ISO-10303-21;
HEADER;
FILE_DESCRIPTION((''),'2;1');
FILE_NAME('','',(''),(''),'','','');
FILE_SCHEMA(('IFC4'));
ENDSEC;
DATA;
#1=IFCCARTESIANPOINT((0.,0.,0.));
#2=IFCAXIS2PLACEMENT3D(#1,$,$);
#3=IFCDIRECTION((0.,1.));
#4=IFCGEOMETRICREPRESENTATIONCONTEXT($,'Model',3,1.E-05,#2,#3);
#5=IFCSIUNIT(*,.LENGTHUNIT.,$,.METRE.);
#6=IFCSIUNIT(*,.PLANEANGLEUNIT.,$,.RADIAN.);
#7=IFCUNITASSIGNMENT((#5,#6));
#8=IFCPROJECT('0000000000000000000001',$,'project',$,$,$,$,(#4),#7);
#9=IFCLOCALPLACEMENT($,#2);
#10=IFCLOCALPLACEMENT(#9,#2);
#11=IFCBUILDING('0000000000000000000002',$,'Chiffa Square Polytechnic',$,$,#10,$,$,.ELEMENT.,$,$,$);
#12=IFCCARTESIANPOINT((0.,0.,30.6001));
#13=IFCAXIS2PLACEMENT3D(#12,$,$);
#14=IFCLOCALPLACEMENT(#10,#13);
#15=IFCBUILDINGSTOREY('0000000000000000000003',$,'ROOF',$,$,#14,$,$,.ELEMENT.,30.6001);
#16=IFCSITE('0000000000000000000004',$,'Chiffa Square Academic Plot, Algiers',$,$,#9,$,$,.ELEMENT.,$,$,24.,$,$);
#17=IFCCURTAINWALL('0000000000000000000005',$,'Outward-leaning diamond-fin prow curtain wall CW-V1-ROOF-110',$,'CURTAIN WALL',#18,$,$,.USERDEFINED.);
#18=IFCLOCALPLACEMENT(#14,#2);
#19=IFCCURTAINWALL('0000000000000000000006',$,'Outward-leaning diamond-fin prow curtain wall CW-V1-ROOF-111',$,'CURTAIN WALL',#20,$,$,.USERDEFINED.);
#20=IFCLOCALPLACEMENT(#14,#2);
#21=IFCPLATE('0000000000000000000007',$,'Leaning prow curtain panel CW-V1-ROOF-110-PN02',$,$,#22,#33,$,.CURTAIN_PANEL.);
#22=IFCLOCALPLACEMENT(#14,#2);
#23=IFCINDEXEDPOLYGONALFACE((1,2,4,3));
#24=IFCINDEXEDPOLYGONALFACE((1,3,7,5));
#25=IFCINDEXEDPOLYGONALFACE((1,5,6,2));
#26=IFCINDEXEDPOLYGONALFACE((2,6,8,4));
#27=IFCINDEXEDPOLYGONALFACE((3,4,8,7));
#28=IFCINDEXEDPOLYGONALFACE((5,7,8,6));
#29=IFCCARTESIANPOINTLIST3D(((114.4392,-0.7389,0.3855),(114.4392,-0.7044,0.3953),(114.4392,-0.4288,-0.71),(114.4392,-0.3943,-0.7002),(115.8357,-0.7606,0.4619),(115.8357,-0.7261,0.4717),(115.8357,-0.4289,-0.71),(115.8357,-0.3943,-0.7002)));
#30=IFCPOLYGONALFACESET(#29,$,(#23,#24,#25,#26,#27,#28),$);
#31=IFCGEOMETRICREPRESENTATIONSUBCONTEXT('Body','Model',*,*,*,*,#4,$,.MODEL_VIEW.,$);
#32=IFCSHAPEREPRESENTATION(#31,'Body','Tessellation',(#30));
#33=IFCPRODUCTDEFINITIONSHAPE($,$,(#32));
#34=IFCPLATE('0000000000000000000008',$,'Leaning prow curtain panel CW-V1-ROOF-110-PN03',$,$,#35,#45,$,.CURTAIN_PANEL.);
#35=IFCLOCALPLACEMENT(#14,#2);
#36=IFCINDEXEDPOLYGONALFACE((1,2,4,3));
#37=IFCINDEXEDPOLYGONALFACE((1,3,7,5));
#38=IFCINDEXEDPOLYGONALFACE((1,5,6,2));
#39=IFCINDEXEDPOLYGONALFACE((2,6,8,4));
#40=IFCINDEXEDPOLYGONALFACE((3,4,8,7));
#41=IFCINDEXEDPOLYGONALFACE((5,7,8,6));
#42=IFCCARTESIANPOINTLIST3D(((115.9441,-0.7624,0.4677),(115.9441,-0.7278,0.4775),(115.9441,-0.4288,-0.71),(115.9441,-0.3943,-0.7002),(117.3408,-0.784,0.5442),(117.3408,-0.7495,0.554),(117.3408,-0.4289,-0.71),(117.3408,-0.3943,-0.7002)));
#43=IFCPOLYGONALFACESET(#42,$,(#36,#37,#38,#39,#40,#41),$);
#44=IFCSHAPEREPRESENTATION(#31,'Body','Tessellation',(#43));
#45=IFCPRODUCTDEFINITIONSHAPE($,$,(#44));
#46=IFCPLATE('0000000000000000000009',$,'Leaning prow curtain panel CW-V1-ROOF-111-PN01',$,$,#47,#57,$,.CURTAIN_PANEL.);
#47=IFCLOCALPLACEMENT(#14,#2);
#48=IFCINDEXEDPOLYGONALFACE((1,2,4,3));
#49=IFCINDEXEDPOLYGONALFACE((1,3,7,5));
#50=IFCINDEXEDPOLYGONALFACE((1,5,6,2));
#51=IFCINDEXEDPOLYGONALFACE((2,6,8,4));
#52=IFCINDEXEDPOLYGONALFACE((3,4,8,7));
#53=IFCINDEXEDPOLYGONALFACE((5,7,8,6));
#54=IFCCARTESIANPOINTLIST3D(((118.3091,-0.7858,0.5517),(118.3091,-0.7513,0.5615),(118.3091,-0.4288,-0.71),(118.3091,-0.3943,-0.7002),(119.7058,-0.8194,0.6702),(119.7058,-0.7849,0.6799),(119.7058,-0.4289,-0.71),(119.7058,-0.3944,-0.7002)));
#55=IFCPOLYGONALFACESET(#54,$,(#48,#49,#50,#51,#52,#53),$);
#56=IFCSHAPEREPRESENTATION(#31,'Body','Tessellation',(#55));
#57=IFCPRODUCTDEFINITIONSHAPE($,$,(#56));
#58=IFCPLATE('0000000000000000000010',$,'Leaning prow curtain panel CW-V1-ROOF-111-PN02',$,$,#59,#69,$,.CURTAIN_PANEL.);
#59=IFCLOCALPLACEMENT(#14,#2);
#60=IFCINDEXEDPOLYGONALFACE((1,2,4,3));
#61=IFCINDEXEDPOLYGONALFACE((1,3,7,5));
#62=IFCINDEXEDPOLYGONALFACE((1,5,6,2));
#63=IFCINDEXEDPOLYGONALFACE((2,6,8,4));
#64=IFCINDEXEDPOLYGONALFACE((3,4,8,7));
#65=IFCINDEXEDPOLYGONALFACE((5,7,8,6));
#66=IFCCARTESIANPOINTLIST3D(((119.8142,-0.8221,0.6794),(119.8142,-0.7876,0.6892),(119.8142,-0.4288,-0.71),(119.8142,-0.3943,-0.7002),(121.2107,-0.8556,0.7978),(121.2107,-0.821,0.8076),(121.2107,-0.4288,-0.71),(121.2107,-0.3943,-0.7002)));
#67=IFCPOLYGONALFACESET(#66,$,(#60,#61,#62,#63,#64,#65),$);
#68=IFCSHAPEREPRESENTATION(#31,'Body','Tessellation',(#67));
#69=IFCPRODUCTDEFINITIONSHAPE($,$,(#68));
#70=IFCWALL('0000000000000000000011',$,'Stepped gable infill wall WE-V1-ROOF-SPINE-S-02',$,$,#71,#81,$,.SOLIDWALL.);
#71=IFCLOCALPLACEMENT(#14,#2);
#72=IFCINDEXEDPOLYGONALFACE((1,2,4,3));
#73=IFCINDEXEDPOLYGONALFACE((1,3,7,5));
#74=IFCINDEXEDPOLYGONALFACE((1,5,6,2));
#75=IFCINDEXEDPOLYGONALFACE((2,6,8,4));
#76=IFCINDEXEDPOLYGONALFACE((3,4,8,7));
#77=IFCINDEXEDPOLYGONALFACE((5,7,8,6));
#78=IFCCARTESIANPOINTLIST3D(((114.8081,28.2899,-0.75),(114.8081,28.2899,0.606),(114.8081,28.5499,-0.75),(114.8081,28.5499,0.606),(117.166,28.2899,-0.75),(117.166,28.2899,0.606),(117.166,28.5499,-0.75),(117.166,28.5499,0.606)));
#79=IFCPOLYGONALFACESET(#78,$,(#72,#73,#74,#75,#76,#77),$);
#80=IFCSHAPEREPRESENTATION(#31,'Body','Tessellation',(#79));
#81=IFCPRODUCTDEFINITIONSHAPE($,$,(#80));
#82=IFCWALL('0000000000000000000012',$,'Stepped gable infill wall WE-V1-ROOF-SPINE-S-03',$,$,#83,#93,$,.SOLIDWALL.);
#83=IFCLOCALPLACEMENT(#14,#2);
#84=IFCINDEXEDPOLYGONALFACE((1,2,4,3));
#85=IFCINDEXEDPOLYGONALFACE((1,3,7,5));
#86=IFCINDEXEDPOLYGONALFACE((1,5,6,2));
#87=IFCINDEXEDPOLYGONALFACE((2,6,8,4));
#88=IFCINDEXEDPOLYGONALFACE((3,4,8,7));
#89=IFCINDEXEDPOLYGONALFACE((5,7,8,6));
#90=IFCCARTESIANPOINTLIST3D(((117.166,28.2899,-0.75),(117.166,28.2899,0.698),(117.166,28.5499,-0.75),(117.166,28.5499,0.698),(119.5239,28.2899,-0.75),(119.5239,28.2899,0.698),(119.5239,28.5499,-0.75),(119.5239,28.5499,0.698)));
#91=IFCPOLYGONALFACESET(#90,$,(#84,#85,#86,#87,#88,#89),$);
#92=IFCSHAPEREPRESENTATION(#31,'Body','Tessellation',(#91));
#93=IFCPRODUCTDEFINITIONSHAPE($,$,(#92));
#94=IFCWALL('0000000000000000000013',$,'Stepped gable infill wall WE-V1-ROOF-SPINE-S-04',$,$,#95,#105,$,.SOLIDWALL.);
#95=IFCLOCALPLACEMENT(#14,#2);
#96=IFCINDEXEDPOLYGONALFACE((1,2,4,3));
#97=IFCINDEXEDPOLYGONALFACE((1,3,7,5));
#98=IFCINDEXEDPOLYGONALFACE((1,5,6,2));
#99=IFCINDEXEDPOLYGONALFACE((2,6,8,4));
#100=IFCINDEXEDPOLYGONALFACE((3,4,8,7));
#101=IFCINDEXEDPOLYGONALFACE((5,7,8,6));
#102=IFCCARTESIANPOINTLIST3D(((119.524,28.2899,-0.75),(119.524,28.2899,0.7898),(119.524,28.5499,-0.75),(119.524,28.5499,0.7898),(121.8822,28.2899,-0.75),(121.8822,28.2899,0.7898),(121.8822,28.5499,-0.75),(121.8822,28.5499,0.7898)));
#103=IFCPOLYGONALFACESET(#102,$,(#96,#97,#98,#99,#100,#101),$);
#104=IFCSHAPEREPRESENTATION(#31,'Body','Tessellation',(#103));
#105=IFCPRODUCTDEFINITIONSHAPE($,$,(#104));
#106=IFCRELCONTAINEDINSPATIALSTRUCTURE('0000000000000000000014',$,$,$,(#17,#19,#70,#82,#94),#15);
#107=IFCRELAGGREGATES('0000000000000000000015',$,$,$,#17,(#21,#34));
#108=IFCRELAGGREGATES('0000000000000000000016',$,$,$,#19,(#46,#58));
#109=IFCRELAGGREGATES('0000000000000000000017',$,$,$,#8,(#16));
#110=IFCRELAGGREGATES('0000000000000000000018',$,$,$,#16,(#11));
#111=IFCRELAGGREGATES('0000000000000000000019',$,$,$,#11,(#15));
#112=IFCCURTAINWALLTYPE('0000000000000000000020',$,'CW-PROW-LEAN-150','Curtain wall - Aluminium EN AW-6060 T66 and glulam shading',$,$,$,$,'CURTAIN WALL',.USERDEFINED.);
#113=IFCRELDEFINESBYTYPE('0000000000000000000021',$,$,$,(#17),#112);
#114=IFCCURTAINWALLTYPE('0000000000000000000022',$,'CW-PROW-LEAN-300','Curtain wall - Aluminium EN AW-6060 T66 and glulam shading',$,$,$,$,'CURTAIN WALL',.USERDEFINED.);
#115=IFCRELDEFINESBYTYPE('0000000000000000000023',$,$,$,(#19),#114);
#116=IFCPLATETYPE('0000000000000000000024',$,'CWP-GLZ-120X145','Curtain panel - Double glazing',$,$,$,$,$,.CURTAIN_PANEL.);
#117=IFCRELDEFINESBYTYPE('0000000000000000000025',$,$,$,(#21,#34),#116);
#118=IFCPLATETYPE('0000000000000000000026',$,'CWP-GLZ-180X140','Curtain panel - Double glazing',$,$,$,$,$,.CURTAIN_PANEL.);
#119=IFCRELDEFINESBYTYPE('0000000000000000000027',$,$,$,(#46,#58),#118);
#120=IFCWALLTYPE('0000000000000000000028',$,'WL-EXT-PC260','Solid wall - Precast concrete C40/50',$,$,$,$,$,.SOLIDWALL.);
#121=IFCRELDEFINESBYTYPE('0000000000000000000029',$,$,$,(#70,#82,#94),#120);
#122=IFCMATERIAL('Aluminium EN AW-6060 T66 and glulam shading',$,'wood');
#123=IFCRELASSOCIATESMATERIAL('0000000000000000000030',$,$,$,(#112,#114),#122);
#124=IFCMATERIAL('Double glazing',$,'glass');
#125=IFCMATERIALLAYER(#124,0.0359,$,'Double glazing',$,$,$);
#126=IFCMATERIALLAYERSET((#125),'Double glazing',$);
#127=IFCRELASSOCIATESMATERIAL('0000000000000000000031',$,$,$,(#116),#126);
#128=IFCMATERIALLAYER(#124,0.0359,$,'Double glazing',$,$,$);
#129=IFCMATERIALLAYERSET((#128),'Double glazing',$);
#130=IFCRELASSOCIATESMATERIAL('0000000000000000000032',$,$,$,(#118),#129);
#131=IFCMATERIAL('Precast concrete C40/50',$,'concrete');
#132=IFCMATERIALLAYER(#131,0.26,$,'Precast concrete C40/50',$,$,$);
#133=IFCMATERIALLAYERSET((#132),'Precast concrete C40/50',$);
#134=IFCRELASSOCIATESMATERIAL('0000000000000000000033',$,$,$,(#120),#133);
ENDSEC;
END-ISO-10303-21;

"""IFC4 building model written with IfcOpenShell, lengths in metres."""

from ifc_helpers import new_model, si_unit, direction, frame, frame_2d, origin, place, context, subcontext, project, spatial, polyline, rectangle, outline, extrude, material, layer, layer_set, type_object, element, aggregate, save


model = new_model("IFC4")

# Units and contexts
model_context = context("Model", 3, precision=1e-05, world=origin(), true_north=direction((0.0, 1.0)))
body_context = subcontext(model_context, "Body", "Model", "MODEL_VIEW")
ifc_project = project(units=[si_unit("LENGTHUNIT", "METRE"), si_unit("PLANEANGLEUNIT", "RADIAN")], contexts=[model_context])

# Site, building, storey
site_placement = place(None, origin())
site = spatial("IfcSite", under=ifc_project, at=site_placement, Name="Chiffa Square Academic Plot, Algiers", CompositionType="ELEMENT", RefElevation=24.0)
building_placement = place(site_placement, origin())
building = spatial("IfcBuilding", under=site, at=building_placement, Name="Chiffa Square Polytechnic", CompositionType="ELEMENT")
storey_placement = place(building_placement, frame((0.0, 0.0, 30.6001)))
storey = spatial("IfcBuildingStorey", under=building, at=storey_placement, Name="ROOF", CompositionType="ELEMENT", Elevation=30.6001)

# Curtain walls
ifc_material_1 = material(Name="Aluminium EN AW-6060 T66 and glulam shading", Category="wood")
curtain_wall_type_1 = type_object("IfcCurtainWallType", Name="CW-PROW-LEAN-150", Description="Curtain wall - Aluminium EN AW-6060 T66 and glulam shading", ElementType="CURTAIN WALL", PredefinedType="USERDEFINED", material=ifc_material_1)
curtain_wall_1_placement = place(storey_placement, origin())
curtain_wall_1 = element("IfcCurtainWall", 1, at=curtain_wall_1_placement, inside=storey, type_object=curtain_wall_type_1, Name="Outward-leaning diamond-fin prow curtain wall CW-V1-ROOF-110", ObjectType="CURTAIN WALL", PredefinedType="USERDEFINED")
curtain_wall_type_2 = type_object("IfcCurtainWallType", Name="CW-PROW-LEAN-300", Description="Curtain wall - Aluminium EN AW-6060 T66 and glulam shading", ElementType="CURTAIN WALL", PredefinedType="USERDEFINED", material=ifc_material_1)
curtain_wall_2_placement = place(storey_placement, origin())
curtain_wall_2 = element("IfcCurtainWall", 2, at=curtain_wall_2_placement, inside=storey, type_object=curtain_wall_type_2, Name="Outward-leaning diamond-fin prow curtain wall CW-V1-ROOF-111", ObjectType="CURTAIN WALL", PredefinedType="USERDEFINED")

# Plates
ifc_material_2 = material(Name="Double glazing", Category="glass")
ifc_layer_1 = layer(ifc_material_2, 0.0359, Name="Double glazing")
ifc_layer_set_1 = layer_set([ifc_layer_1], Name="Double glazing")
plate_type_1 = type_object("IfcPlateType", Name="CWP-GLZ-120X145", Description="Curtain panel - Double glazing", PredefinedType="CURTAIN_PANEL", material=ifc_layer_set_1)
plate_1_placement = place(storey_placement, frame((114.4392, -0.3943, -0.7002), z_axis=(0.000033, 0.96219, 0.27238), x_axis=(1.0, -0.000032, -0.000009)))
plate_1 = element("IfcPlate", 3, at=plate_1_placement, type_object=plate_type_1, Name="Leaning prow curtain panel CW-V1-ROOF-110-PN02", PredefinedType="CURTAIN_PANEL", context=body_context, shape_type="SweptSolid", body=[
    extrude(outline(polyline([(0.0, 0.0), (1.3965, 0.0), (1.3965, -1.2179), (0.0, -1.1385), (0.0, 0.0)])), origin(), (0.0, 0.0, -1.0), 0.0359),
])
plate_2_placement = place(storey_placement, frame((115.9441, -0.3943, -0.7002), z_axis=(0.00003, 0.962159, 0.272488), x_axis=(1.0, -0.000029, -0.000008)))
plate_2 = element("IfcPlate", 4, at=plate_2_placement, type_object=plate_type_1, Name="Leaning prow curtain panel CW-V1-ROOF-110-PN03", PredefinedType="CURTAIN_PANEL", context=body_context, shape_type="SweptSolid", body=[
    extrude(outline(polyline([(0.0, 0.0), (1.3967, 0.0), (1.3967, -1.3035), (0.0, -1.224), (0.0, 0.0)])), origin(), (0.0, 0.0, -1.0), 0.0359),
])
aggregate(curtain_wall_1, [plate_1, plate_2])
ifc_layer_2 = layer(ifc_material_2, 0.0359, Name="Double glazing")
ifc_layer_set_2 = layer_set([ifc_layer_2], Name="Double glazing")
plate_type_2 = type_object("IfcPlateType", Name="CWP-GLZ-180X140", Description="Curtain panel - Double glazing", PredefinedType="CURTAIN_PANEL", material=ifc_layer_set_2)
plate_3_placement = place(storey_placement, frame((118.3091, -0.3943, -0.7002), z_axis=(0.000064, 0.962219, 0.272277), x_axis=(1.0, -0.000062, -0.000017)))
plate_3 = element("IfcPlate", 5, at=plate_3_placement, type_object=plate_type_2, Name="Leaning prow curtain panel CW-V1-ROOF-111-PN01", PredefinedType="CURTAIN_PANEL", context=body_context, shape_type="SweptSolid", body=[
    extrude(outline(polyline([(0.0, 0.0), (1.3967, 0.0), (1.3967, -1.4343), (0.0, -1.3112), (0.0, 0.0)])), origin(), (0.0, 0.0, -1.0), 0.0359),
])
plate_4_placement = place(storey_placement, frame((119.8142, -0.3943, -0.7002), z_axis=(-0.000024, 0.962197, 0.272354), x_axis=(1.0, 0.000023, 0.000006)))
plate_4 = element("IfcPlate", 6, at=plate_4_placement, type_object=plate_type_2, Name="Leaning prow curtain panel CW-V1-ROOF-111-PN02", PredefinedType="CURTAIN_PANEL", context=body_context, shape_type="SweptSolid", body=[
    extrude(outline(polyline([(0.0, 0.0), (1.3965, 0.0), (1.3965, -1.567), (0.0, -1.444), (0.0, 0.0)])), origin(), (0.0, 0.0, -1.0), 0.0359),
])
aggregate(curtain_wall_2, [plate_3, plate_4])

# Walls
ifc_material_3 = material(Name="Precast concrete C40/50", Category="concrete")
ifc_layer_3 = layer(ifc_material_3, 0.26, Name="Precast concrete C40/50")
ifc_layer_set_3 = layer_set([ifc_layer_3], Name="Precast concrete C40/50")
wall_type = type_object("IfcWallType", Name="WL-EXT-PC260", Description="Solid wall - Precast concrete C40/50", PredefinedType="SOLIDWALL", material=ifc_layer_set_3)
wall_1_placement = place(storey_placement, frame((114.8081, 28.4199, -0.75), z_axis=(0.0, 0.0, 1.0), x_axis=(1.0, 0.0, 0.0)))
element("IfcWall", 7, at=wall_1_placement, inside=storey, type_object=wall_type, Name="Stepped gable infill wall WE-V1-ROOF-SPINE-S-02", PredefinedType="SOLIDWALL", context=body_context, shape_type="SweptSolid", body=[
    extrude(rectangle(XDim=2.3579, YDim=0.26, at=frame_2d((1.179, 0.0))), origin(), (0.0, 0.0, 1.0), 1.356),
])
wall_2_placement = place(storey_placement, frame((117.166, 28.4199, -0.75), z_axis=(0.0, 0.0, 1.0), x_axis=(1.0, 0.0, 0.0)))
element("IfcWall", 8, at=wall_2_placement, inside=storey, type_object=wall_type, Name="Stepped gable infill wall WE-V1-ROOF-SPINE-S-03", PredefinedType="SOLIDWALL", context=body_context, shape_type="SweptSolid", body=[
    extrude(rectangle(XDim=2.3579, YDim=0.26, at=frame_2d((1.179, 0.0))), origin(), (0.0, 0.0, 1.0), 1.448),
])
wall_3_placement = place(storey_placement, frame((119.5239, 28.4199, -0.75), z_axis=(0.0, 0.0, 1.0), x_axis=(1.0, 0.0, 0.0)))
element("IfcWall", 9, at=wall_3_placement, inside=storey, type_object=wall_type, Name="Stepped gable infill wall WE-V1-ROOF-SPINE-S-04", PredefinedType="SOLIDWALL", context=body_context, shape_type="SweptSolid", body=[
    extrude(rectangle(XDim=2.3582, YDim=0.26, at=frame_2d((1.1792, 0.0))), origin(), (0.0, 0.0, 1.0), 1.5398),
])

save(model, "model.ifc")
